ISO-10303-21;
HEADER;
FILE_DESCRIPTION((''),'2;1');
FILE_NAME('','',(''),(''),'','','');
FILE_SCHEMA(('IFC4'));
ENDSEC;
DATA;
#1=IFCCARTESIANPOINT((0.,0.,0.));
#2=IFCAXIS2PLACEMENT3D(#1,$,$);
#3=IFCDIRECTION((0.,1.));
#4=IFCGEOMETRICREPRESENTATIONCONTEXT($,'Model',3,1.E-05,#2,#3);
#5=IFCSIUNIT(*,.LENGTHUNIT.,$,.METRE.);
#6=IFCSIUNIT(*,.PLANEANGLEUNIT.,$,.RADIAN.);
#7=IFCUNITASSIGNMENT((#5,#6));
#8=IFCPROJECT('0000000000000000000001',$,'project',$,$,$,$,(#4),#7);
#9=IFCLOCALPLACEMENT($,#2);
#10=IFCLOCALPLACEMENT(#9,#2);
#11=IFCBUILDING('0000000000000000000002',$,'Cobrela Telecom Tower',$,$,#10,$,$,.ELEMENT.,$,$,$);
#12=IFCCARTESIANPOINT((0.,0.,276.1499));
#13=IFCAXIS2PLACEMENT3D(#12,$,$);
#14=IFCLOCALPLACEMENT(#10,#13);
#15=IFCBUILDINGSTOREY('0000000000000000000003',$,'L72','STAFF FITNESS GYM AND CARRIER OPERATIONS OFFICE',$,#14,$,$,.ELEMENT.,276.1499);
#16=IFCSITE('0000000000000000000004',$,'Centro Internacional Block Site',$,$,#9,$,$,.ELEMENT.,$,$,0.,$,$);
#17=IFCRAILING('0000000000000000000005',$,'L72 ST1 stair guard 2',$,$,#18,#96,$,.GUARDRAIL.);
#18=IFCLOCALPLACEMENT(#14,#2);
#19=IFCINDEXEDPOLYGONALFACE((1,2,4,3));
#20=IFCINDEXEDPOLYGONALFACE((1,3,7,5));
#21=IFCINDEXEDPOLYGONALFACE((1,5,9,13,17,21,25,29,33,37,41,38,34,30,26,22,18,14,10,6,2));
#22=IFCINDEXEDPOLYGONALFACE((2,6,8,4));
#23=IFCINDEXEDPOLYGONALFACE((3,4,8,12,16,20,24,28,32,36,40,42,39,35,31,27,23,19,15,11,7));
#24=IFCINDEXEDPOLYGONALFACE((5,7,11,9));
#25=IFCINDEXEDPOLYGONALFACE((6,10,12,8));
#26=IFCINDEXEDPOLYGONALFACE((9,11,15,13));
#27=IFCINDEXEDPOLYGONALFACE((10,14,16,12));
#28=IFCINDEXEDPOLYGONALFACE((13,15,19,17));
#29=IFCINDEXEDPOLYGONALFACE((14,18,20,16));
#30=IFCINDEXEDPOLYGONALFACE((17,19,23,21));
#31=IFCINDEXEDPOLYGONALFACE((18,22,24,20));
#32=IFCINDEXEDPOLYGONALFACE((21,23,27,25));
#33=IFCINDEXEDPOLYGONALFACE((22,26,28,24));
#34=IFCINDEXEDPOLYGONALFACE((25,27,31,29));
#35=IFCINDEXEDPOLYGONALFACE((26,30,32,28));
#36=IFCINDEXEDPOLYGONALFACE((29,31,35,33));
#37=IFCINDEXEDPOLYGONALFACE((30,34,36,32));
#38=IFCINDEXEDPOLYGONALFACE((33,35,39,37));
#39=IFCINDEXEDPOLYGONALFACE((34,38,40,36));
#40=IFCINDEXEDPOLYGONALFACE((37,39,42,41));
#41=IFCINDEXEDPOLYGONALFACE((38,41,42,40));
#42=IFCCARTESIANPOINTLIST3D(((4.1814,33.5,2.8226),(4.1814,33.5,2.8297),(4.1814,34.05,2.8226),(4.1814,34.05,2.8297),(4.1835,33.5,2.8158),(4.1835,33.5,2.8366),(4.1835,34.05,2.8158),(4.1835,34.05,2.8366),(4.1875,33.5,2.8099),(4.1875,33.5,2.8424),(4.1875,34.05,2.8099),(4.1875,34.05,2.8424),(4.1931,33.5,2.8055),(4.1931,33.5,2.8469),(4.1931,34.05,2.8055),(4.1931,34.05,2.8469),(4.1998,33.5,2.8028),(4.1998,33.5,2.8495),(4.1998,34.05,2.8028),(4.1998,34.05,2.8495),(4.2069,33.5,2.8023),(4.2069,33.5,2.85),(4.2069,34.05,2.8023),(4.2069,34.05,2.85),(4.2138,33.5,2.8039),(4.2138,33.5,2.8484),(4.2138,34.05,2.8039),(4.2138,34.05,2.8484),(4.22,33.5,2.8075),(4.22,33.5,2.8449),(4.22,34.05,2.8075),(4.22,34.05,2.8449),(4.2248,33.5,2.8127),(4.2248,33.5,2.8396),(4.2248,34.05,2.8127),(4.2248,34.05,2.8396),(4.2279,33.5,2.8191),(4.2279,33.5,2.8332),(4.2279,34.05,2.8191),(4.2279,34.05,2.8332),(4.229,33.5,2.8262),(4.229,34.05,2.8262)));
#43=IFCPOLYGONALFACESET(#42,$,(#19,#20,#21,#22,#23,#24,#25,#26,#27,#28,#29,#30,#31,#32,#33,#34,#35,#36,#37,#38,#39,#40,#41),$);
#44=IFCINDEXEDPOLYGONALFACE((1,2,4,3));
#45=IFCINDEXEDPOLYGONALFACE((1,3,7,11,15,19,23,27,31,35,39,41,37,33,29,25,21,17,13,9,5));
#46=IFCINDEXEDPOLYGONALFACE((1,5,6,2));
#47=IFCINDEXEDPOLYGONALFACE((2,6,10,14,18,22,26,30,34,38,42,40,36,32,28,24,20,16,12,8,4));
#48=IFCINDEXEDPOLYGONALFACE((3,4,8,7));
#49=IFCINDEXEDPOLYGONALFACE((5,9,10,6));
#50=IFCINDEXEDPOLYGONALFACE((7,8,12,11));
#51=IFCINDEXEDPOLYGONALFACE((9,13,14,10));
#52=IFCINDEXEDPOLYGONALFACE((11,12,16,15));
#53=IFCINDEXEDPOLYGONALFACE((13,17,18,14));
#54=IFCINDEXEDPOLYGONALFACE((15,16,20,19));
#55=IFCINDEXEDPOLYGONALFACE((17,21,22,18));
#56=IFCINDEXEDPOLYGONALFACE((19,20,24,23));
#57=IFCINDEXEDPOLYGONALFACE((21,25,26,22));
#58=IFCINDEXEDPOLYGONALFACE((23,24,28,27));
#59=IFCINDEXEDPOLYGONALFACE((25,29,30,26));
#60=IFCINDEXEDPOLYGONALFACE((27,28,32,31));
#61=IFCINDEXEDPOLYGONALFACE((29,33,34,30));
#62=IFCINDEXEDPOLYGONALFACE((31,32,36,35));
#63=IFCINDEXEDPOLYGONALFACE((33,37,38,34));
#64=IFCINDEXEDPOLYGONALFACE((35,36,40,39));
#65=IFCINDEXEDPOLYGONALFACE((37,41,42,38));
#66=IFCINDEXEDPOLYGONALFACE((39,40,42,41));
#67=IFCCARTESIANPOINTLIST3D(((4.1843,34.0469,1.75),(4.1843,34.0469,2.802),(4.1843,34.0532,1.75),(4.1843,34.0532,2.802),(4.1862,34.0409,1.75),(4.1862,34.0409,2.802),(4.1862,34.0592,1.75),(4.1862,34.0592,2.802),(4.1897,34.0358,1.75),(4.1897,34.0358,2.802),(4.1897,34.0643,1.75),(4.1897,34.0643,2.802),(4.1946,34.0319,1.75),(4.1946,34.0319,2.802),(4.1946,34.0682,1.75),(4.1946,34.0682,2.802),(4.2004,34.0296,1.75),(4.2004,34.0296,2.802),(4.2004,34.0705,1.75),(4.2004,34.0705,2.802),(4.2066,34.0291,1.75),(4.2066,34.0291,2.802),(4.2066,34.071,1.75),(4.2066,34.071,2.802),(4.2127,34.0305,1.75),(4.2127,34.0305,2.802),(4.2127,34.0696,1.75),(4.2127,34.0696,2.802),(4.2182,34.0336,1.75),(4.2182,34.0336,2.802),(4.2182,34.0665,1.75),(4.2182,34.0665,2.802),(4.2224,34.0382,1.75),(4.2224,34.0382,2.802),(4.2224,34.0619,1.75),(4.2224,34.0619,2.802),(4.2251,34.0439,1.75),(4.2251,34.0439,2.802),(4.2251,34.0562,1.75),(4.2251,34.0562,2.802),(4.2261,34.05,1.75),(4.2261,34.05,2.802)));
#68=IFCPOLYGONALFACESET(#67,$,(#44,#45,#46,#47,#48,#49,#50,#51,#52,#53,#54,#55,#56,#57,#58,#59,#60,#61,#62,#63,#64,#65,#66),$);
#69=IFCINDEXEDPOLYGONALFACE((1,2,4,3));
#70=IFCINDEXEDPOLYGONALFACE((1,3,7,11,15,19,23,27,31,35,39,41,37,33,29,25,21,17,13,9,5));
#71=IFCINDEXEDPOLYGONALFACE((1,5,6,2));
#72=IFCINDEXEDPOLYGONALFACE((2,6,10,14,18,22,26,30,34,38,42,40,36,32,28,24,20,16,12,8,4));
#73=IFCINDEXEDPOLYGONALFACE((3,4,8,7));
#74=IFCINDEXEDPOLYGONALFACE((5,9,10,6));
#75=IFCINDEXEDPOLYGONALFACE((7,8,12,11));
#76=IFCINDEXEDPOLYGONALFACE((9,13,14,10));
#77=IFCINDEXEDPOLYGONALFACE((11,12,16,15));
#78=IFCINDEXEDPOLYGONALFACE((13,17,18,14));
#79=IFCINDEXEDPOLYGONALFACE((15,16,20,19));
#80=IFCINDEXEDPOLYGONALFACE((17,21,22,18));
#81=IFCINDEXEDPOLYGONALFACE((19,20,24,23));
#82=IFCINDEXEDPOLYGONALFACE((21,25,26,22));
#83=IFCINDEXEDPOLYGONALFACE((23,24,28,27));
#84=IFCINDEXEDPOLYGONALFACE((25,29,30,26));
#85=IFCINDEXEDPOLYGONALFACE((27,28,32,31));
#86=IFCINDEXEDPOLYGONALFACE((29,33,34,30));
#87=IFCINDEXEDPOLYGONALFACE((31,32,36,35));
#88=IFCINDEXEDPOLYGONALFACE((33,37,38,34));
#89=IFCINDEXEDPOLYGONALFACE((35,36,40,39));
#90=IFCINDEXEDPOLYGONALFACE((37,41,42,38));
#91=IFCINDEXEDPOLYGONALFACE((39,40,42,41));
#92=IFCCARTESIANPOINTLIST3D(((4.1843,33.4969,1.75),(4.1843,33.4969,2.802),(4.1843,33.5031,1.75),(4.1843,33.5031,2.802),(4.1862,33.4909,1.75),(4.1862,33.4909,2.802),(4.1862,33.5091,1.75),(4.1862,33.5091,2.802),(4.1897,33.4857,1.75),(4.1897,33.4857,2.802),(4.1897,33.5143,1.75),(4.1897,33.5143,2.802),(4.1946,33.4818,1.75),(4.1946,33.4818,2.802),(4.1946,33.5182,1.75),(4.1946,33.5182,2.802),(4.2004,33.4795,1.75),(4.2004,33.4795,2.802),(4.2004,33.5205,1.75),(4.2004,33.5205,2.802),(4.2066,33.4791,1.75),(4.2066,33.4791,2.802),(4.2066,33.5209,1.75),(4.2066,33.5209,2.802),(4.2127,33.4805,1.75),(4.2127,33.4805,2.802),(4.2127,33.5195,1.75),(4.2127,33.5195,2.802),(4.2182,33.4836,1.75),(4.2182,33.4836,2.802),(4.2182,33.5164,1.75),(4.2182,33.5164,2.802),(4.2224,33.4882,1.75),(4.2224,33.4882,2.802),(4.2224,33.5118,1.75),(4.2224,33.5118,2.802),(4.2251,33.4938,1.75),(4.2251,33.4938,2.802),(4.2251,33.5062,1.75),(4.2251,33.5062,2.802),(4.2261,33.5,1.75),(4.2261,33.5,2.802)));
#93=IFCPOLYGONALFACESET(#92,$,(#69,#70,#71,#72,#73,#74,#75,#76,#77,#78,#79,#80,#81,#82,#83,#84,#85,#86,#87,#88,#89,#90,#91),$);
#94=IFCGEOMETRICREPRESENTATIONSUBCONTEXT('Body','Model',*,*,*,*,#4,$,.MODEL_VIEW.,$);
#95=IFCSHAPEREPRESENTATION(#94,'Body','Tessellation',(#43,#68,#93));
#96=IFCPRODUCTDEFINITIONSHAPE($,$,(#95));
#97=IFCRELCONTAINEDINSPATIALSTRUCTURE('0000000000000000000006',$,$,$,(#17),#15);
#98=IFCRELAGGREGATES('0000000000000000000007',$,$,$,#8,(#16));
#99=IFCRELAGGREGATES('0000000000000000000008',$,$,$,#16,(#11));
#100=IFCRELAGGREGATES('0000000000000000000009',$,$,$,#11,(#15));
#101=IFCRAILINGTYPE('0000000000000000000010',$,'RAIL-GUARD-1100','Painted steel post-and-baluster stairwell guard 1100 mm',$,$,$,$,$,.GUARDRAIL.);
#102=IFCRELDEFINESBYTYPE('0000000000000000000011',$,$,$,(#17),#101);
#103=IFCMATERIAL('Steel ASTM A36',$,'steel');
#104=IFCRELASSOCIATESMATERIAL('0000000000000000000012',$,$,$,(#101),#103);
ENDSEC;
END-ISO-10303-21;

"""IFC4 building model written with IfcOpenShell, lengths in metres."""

from ifc_helpers import new_model, si_unit, direction, frame, origin, origin_2d, place, context, subcontext, project, spatial, circle, extrude, material, type_object, element, save


model = new_model("IFC4")

# Units and contexts
model_context = context("Model", 3, precision=1e-05, world=origin(), true_north=direction((0.0, 1.0)))
body_context = subcontext(model_context, "Body", "Model", "MODEL_VIEW")
ifc_project = project(units=[si_unit("LENGTHUNIT", "METRE"), si_unit("PLANEANGLEUNIT", "RADIAN")], contexts=[model_context])

# Site, building, storey
site_placement = place(None, origin())
site = spatial("IfcSite", under=ifc_project, at=site_placement, Name="Centro Internacional Block Site", CompositionType="ELEMENT", RefElevation=0.0)
building_placement = place(site_placement, origin())
building = spatial("IfcBuilding", under=site, at=building_placement, Name="Cobrela Telecom Tower", CompositionType="ELEMENT")
storey_placement = place(building_placement, frame((0.0, 0.0, 276.1499)))
storey = spatial("IfcBuildingStorey", under=building, at=storey_placement, Name="L72", Description="STAFF FITNESS GYM AND CARRIER OPERATIONS OFFICE", CompositionType="ELEMENT", Elevation=276.1499)

# Shared definitions
ifc_material_1 = material(Name="Steel ASTM A36", Category="steel")

# Railing
railing_type_1 = type_object("IfcRailingType", Name="RAIL-GUARD-1100", Description="Painted steel post-and-baluster stairwell guard 1100 mm", PredefinedType="GUARDRAIL", material=ifc_material_1)
railing_1_placement = place(storey_placement, frame((4.2051, 34.05, 1.75)))
element("IfcRailing", 1, at=railing_1_placement, inside=storey, type_object=railing_type_1, Name="L72 ST1 stair guard 2", PredefinedType="GUARDRAIL", context=body_context, shape_type="SweptSolid", body=[
    extrude(circle(Radius=0.0239, at=origin_2d()), frame((0.0, 0.0, 1.0762), z_axis=(0.0, -1.0, 0.0), x_axis=(1.0, 0.0, 0.0)), (0.0, 0.0, 1.0), 0.55),
    extrude(circle(Radius=0.021, at=origin_2d()), origin(), (0.0, 0.0, 1.0), 1.052),
    extrude(circle(Radius=0.021, at=origin_2d()), frame((0.0, -0.55, 0.0)), (0.0, 0.0, 1.0), 1.052),
])

save(model, "model.ifc")
